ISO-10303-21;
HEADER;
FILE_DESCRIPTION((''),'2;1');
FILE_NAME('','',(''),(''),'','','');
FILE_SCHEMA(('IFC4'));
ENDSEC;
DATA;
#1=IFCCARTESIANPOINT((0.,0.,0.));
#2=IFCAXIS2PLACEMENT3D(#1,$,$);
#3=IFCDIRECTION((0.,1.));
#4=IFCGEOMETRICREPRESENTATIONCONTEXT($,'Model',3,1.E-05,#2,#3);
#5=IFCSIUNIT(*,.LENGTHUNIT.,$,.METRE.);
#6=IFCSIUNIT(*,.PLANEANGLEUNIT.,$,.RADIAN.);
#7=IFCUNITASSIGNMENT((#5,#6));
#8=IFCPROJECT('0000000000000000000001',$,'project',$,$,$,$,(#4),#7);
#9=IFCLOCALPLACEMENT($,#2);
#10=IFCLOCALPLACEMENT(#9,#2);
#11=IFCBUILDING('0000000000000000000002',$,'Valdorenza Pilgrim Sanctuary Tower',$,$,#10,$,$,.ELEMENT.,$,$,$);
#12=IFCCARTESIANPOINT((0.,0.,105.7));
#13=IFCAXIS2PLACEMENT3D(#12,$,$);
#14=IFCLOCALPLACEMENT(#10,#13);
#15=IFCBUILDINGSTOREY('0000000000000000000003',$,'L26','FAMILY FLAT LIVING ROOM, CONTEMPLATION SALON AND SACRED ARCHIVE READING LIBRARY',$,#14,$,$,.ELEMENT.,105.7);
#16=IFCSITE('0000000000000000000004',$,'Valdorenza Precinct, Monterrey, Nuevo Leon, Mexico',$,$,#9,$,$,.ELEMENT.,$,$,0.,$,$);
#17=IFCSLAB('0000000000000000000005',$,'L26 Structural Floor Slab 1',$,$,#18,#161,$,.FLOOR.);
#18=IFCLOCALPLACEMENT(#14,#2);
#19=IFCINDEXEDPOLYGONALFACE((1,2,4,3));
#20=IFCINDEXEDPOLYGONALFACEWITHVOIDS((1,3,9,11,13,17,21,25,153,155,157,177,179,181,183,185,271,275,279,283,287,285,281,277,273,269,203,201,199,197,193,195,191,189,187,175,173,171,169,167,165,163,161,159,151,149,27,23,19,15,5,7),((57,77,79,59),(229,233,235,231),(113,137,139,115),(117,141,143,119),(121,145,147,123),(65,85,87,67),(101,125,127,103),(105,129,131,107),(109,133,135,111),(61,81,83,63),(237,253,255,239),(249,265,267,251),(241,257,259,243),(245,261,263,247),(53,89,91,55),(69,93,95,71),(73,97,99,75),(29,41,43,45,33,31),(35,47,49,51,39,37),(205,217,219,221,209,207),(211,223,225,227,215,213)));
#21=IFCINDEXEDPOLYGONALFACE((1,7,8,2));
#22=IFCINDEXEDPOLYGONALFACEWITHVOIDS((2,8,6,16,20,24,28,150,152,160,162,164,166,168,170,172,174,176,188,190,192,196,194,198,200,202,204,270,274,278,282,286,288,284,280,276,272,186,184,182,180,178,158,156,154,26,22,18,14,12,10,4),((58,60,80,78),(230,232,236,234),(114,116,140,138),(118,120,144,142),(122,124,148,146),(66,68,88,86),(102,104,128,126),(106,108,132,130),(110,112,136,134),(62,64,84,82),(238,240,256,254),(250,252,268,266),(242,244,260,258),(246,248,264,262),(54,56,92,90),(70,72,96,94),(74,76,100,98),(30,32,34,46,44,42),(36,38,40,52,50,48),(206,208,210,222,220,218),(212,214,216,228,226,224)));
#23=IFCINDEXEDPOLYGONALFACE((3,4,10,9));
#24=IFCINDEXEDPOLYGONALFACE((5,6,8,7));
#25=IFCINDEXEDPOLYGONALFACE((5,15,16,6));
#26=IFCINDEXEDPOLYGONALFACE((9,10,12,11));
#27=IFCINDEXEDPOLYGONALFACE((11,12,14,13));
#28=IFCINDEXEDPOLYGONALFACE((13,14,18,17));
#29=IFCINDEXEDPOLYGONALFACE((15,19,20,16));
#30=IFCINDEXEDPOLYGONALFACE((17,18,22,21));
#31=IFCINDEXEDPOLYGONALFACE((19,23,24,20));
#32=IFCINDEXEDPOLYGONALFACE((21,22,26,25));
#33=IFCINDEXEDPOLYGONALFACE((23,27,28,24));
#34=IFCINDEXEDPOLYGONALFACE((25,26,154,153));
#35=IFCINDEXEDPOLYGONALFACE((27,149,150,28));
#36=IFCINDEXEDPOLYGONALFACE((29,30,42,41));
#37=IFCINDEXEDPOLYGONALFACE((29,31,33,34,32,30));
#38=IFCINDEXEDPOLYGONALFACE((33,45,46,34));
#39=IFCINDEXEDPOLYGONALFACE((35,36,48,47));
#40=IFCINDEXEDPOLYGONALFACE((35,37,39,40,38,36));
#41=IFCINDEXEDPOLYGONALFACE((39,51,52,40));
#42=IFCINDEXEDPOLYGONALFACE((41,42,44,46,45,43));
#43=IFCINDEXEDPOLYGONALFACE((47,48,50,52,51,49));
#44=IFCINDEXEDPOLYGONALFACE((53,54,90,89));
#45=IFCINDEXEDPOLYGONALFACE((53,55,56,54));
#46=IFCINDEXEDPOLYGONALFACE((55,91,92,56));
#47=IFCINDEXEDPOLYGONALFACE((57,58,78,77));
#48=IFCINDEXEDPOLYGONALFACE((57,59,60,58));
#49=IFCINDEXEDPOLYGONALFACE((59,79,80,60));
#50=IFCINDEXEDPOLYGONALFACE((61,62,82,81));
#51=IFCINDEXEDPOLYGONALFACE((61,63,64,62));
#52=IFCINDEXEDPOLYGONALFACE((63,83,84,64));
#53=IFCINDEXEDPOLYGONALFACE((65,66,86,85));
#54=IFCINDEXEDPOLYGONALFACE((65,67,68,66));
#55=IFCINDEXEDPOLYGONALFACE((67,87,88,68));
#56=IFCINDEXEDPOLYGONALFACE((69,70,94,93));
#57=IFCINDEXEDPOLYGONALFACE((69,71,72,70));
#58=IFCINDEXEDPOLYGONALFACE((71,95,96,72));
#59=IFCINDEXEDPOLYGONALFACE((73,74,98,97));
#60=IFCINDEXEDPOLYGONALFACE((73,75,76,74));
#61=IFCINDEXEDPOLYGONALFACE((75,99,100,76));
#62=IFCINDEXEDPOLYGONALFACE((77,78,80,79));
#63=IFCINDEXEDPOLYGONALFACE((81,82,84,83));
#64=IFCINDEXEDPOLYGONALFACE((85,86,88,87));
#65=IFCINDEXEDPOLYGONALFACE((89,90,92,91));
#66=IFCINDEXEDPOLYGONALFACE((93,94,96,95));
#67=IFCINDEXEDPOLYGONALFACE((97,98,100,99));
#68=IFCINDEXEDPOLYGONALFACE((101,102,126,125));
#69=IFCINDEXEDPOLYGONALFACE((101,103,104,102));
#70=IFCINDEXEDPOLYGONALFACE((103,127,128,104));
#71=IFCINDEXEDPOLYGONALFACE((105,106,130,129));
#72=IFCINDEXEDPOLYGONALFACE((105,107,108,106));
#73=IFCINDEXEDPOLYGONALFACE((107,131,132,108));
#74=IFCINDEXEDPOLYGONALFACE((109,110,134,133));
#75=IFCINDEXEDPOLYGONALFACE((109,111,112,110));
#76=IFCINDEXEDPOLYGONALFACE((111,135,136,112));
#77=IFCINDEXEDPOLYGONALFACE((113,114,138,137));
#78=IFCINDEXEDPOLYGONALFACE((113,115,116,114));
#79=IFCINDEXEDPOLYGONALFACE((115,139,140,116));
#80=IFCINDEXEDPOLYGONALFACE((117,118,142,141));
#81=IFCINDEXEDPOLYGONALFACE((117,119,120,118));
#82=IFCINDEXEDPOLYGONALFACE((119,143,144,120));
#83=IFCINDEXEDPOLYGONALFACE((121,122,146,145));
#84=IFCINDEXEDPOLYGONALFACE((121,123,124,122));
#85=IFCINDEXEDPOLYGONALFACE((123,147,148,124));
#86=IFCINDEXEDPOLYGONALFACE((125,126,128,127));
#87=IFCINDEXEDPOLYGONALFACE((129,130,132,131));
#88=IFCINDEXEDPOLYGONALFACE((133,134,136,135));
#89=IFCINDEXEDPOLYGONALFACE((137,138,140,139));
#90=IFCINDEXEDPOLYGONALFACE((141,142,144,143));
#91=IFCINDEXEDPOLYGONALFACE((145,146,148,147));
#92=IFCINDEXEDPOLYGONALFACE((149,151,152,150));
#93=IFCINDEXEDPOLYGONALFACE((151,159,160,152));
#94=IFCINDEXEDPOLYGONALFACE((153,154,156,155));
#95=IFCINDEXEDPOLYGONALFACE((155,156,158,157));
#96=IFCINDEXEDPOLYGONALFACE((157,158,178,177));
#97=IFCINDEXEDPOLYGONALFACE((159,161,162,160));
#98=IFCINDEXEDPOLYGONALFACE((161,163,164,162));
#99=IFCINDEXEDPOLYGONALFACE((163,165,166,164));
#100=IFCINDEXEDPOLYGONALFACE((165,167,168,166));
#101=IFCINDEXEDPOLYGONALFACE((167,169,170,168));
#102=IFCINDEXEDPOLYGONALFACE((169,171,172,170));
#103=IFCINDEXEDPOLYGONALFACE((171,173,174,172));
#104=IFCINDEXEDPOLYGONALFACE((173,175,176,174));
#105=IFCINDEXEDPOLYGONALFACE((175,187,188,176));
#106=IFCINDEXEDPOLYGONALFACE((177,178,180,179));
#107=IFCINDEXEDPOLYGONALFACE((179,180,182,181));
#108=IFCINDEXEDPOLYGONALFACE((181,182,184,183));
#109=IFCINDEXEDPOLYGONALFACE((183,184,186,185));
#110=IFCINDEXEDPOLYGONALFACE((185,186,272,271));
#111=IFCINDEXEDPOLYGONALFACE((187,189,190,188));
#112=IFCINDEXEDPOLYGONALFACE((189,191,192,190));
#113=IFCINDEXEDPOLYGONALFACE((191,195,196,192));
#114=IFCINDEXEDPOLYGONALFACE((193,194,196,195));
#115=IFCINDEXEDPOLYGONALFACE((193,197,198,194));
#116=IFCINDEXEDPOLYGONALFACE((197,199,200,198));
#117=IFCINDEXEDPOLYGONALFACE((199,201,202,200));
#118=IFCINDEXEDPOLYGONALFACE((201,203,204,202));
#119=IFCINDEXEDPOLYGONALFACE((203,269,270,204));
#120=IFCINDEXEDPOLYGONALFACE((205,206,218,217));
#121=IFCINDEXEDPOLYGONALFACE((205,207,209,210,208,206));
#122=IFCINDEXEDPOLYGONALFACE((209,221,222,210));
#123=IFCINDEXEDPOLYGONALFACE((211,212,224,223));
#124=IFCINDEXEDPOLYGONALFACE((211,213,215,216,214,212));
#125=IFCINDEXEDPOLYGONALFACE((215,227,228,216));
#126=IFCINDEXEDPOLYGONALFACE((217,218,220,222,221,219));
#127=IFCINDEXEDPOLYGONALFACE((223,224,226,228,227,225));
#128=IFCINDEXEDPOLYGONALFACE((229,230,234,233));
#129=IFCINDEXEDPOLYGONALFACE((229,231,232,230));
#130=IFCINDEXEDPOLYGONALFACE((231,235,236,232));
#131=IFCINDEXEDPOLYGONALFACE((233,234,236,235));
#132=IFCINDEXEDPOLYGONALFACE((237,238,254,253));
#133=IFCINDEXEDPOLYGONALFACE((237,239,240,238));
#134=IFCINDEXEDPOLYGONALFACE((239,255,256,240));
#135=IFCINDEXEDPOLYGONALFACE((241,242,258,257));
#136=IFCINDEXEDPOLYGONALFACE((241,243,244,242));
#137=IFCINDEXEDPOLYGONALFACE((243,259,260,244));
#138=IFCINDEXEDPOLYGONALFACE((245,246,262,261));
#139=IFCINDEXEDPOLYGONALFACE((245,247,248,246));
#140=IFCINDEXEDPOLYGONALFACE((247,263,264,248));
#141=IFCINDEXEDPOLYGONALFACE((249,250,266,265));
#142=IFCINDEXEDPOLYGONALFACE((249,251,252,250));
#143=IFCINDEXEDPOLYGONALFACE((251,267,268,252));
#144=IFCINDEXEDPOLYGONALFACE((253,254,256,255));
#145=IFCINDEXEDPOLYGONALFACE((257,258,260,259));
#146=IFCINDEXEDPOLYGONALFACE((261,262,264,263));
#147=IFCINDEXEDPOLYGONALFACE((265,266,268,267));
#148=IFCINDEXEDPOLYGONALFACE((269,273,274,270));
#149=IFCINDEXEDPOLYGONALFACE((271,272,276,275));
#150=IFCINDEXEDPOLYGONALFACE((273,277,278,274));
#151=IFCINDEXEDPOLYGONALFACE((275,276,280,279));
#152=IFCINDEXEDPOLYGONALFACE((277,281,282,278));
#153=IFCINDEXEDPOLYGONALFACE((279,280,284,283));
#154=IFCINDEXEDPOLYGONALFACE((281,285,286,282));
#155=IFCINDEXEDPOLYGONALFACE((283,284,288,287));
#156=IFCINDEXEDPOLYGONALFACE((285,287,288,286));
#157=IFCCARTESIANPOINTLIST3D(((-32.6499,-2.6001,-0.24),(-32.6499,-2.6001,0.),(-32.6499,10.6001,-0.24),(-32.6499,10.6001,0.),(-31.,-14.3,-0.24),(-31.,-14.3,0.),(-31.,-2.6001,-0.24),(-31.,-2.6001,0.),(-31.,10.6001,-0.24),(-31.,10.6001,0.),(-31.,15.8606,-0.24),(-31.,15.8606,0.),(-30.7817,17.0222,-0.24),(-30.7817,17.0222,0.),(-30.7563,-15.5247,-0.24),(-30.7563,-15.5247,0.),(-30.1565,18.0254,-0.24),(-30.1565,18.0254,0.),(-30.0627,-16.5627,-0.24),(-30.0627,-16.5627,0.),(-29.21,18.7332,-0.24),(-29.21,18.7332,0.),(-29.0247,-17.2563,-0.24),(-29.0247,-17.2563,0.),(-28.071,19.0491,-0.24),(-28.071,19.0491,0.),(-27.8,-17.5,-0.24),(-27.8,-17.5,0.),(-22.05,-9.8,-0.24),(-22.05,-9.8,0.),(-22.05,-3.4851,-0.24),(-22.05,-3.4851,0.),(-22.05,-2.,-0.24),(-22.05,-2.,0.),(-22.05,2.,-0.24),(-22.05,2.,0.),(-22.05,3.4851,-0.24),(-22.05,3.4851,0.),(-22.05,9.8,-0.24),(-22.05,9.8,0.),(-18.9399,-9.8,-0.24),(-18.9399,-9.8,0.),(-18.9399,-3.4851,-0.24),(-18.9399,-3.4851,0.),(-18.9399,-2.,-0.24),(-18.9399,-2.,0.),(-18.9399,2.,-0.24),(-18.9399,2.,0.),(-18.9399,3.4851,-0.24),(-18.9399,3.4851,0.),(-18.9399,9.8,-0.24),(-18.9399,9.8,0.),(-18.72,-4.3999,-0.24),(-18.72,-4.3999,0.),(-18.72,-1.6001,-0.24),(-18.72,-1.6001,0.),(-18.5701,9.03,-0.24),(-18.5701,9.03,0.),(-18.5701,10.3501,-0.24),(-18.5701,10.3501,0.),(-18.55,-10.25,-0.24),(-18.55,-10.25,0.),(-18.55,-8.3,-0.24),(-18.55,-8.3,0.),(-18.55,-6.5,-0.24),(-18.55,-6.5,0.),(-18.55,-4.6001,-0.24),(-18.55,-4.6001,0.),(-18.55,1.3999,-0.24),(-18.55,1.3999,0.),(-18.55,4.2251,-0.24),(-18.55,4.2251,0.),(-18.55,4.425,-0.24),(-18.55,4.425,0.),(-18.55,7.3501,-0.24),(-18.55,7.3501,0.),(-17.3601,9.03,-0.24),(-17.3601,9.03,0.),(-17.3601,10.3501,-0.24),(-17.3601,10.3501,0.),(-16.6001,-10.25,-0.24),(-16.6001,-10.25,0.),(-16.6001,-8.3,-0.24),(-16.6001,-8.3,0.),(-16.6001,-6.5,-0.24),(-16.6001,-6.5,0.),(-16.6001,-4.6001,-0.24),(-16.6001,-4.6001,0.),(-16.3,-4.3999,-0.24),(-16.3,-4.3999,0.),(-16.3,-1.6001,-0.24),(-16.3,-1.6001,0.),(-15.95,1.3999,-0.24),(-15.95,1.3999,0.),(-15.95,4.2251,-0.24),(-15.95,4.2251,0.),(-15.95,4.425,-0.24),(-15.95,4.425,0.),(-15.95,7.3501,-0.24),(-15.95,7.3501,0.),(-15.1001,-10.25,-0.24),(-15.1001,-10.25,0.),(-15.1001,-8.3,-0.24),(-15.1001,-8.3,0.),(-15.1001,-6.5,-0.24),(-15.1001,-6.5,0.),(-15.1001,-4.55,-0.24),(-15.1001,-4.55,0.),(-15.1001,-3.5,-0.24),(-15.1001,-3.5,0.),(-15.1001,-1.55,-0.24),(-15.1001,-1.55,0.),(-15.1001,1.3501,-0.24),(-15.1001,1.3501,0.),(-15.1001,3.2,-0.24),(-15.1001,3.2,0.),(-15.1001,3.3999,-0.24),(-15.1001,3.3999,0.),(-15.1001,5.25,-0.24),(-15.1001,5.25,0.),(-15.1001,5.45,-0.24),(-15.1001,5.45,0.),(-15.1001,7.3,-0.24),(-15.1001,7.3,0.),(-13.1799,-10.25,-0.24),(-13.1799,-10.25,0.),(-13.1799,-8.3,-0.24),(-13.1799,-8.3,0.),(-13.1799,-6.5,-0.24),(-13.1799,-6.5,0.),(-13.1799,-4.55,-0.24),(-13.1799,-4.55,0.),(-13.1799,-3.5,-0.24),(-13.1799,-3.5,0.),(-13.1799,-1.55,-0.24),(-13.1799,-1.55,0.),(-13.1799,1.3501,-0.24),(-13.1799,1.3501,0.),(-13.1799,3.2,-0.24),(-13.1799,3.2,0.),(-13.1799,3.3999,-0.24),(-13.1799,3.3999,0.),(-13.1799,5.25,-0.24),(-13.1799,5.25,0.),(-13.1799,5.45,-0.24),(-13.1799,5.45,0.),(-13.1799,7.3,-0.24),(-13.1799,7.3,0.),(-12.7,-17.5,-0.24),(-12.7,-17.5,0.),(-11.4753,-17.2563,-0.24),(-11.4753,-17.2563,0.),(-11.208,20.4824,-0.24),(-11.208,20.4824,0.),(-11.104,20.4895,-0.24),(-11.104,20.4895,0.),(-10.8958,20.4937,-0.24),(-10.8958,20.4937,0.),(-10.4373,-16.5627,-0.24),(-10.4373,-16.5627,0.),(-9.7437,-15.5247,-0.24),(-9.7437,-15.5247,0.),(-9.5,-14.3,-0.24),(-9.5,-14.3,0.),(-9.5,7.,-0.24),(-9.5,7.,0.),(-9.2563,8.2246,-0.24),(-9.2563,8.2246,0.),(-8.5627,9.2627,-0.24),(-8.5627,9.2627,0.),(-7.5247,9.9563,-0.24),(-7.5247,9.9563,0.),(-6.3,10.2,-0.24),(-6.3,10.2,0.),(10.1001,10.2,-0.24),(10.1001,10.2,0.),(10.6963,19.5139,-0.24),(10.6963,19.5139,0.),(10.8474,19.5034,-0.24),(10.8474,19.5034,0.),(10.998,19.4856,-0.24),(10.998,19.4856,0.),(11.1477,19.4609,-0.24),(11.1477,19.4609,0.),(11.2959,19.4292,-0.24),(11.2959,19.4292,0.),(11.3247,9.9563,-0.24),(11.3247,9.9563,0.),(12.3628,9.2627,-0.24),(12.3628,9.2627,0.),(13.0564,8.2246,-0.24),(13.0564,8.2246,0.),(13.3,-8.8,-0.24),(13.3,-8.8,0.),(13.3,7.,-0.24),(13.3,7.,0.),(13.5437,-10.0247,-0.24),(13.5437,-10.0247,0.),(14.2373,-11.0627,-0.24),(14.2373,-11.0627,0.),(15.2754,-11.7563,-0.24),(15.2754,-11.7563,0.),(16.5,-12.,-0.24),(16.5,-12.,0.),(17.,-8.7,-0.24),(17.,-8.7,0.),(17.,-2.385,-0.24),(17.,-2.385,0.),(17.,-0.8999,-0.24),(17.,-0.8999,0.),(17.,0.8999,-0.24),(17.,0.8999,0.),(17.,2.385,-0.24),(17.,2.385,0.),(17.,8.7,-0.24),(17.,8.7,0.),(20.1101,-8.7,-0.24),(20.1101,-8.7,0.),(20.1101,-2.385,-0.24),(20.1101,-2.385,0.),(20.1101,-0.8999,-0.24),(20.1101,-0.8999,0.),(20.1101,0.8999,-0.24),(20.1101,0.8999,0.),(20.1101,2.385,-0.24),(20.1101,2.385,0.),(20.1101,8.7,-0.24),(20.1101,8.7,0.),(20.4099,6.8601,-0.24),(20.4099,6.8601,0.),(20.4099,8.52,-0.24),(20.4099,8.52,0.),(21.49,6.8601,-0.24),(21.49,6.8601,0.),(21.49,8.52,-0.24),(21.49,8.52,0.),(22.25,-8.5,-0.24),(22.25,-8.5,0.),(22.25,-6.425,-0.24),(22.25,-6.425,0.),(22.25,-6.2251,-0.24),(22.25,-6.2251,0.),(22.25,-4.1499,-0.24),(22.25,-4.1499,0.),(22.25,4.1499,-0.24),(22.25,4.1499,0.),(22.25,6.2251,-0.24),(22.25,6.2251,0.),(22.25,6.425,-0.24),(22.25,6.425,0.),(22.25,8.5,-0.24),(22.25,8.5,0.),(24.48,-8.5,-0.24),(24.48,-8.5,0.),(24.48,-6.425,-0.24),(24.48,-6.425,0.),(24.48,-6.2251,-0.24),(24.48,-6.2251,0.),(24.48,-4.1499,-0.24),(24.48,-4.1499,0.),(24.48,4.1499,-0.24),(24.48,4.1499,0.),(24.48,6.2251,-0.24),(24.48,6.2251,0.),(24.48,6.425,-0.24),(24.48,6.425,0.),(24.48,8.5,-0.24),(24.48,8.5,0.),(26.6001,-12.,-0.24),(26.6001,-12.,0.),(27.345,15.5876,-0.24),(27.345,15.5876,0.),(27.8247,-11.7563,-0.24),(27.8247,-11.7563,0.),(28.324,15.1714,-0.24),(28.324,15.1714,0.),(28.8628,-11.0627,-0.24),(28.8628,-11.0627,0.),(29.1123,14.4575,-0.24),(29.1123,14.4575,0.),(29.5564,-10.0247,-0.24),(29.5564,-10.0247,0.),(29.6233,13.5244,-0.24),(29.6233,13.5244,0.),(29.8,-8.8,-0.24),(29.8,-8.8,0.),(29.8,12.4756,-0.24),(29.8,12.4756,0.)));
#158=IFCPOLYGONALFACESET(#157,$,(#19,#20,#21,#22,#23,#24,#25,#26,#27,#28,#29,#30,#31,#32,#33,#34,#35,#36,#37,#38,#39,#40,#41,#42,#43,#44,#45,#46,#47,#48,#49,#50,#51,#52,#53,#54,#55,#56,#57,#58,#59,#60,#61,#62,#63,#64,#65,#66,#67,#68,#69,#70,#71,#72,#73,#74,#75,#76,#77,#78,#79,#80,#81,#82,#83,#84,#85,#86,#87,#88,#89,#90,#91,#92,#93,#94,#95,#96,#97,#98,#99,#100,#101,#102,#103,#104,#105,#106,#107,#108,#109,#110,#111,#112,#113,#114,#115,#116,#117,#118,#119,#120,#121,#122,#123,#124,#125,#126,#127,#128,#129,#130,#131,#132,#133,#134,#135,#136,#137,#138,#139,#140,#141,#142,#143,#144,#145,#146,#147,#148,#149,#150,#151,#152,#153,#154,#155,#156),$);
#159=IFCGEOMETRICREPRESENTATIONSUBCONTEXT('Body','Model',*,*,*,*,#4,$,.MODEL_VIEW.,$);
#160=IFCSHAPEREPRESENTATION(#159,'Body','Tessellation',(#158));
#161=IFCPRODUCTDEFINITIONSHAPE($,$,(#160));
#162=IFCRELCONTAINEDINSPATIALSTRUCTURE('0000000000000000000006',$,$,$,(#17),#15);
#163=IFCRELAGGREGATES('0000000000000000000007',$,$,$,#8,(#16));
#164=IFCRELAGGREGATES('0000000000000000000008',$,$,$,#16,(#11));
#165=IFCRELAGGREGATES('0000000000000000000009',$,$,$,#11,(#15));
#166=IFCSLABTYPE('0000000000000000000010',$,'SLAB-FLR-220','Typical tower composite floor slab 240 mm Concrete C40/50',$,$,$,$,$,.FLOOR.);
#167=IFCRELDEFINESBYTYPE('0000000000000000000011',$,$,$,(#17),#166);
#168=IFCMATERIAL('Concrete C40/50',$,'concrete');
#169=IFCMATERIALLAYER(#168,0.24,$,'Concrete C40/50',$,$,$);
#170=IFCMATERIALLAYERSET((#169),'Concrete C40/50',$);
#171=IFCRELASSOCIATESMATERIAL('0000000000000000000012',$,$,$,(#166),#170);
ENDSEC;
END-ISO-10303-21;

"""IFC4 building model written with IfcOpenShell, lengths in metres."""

from ifc_helpers import new_model, si_unit, direction, frame, origin, place, context, subcontext, project, spatial, polyline, outline, extrude, material, layer, layer_set, type_object, element, save


model = new_model("IFC4")

# Units and contexts
model_context = context("Model", 3, precision=1e-05, world=origin(), true_north=direction((0.0, 1.0)))
body_context = subcontext(model_context, "Body", "Model", "MODEL_VIEW")
ifc_project = project(units=[si_unit("LENGTHUNIT", "METRE"), si_unit("PLANEANGLEUNIT", "RADIAN")], contexts=[model_context])

# Site, building, storey
site_placement = place(None, origin())
site = spatial("IfcSite", under=ifc_project, at=site_placement, Name="Valdorenza Precinct, Monterrey, Nuevo Leon, Mexico", CompositionType="ELEMENT", RefElevation=0.0)
building_placement = place(site_placement, origin())
building = spatial("IfcBuilding", under=site, at=building_placement, Name="Valdorenza Pilgrim Sanctuary Tower", CompositionType="ELEMENT")
storey_placement = place(building_placement, frame((0.0, 0.0, 105.7)))
storey = spatial("IfcBuildingStorey", under=building, at=storey_placement, Name="L26", Description="FAMILY FLAT LIVING ROOM, CONTEMPLATION SALON AND SACRED ARCHIVE READING LIBRARY", CompositionType="ELEMENT", Elevation=105.7)

# Slab
ifc_material_1 = material(Name="Concrete C40/50", Category="concrete")
ifc_layer_1 = layer(ifc_material_1, 0.24, Name="Concrete C40/50")
ifc_layer_set_1 = layer_set([ifc_layer_1], Name="Concrete C40/50")
slab_type_1 = type_object("IfcSlabType", Name="SLAB-FLR-220", Description="Typical tower composite floor slab 240 mm Concrete C40/50", PredefinedType="FLOOR", material=ifc_layer_set_1)
slab_1_placement = place(storey_placement, frame((0.0, 0.0, -0.24)))
element("IfcSlab", 1, at=slab_1_placement, inside=storey, type_object=slab_type_1, Name="L26 Structural Floor Slab 1", PredefinedType="FLOOR", context=body_context, shape_type="SweptSolid", body=[
    extrude(outline(polyline([(-30.7817, 17.0222), (-30.1565, 18.0254), (-29.21, 18.7332), (-28.071, 19.0491), (-11.208, 20.4824), (-11.104, 20.4895), (-10.8958, 20.4937), (10.6963, 19.5139), (10.8474, 19.5034), (10.998, 19.4856), (11.1477, 19.4609), (11.2959, 19.4292), (27.345, 15.5876), (28.324, 15.1714), (29.1123, 14.4575), (29.6233, 13.5244), (29.8, 12.4756), (29.8, -8.8), (29.5564, -10.0247), (28.8628, -11.0627), (27.8247, -11.7563), (26.6001, -12.0), (16.5, -12.0), (15.2754, -11.7563), (14.2373, -11.0627), (13.5437, -10.0247), (13.3, -8.8), (13.3, 7.0), (13.0564, 8.2246), (12.3628, 9.2627), (11.3247, 9.9563), (10.1001, 10.2), (-6.3, 10.2), (-7.5247, 9.9563), (-8.5627, 9.2627), (-9.2563, 8.2246), (-9.5, 7.0), (-9.5, -14.3), (-9.7437, -15.5247), (-10.4373, -16.5627), (-11.4753, -17.2563), (-12.7, -17.5), (-27.8, -17.5), (-29.0247, -17.2563), (-30.0627, -16.5627), (-30.7563, -15.5247), (-31.0, -14.3), (-31.0, -2.6001), (-32.6499, -2.6001), (-32.6499, 10.6001), (-31.0, 10.6001), (-31.0, 15.8606), (-30.7817, 17.0222)]), holes=[polyline([(-16.6001, -10.25), (-16.6001, -8.3), (-18.55, -8.3), (-18.55, -10.25), (-16.6001, -10.25)]), polyline([(-22.05, -9.8), (-18.9399, -9.8), (-18.9399, -3.4851), (-18.9399, -2.0), (-22.05, -2.0), (-22.05, -3.4851), (-22.05, -9.8)]), polyline([(-18.55, -6.5), (-16.6001, -6.5), (-16.6001, -4.6001), (-18.55, -4.6001), (-18.55, -6.5)]), polyline([(-13.1799, -6.5), (-13.1799, -4.55), (-15.1001, -4.55), (-15.1001, -6.5), (-13.1799, -6.5)]), polyline([(-18.72, -4.3999), (-16.3, -4.3999), (-16.3, -1.6001), (-18.72, -1.6001), (-18.72, -4.3999)]), polyline([(-13.1799, -3.5), (-13.1799, -1.55), (-15.1001, -1.55), (-15.1001, -3.5), (-13.1799, -3.5)]), polyline([(-22.05, 2.0), (-18.9399, 2.0), (-18.9399, 3.4851), (-18.9399, 9.8), (-22.05, 9.8), (-22.05, 3.4851), (-22.05, 2.0)]), polyline([(-18.55, 1.3999), (-15.95, 1.3999), (-15.95, 4.2251), (-18.55, 4.2251), (-18.55, 1.3999)]), polyline([(-15.95, 4.425), (-15.95, 7.3501), (-18.55, 7.3501), (-18.55, 4.425), (-15.95, 4.425)]), polyline([(-15.1001, 5.45), (-13.1799, 5.45), (-13.1799, 7.3), (-15.1001, 7.3), (-15.1001, 5.45)]), polyline([(-17.3601, 9.03), (-17.3601, 10.3501), (-18.5701, 10.3501), (-18.5701, 9.03), (-17.3601, 9.03)]), polyline([(-15.1001, -10.25), (-13.1799, -10.25), (-13.1799, -8.3), (-15.1001, -8.3), (-15.1001, -10.25)]), polyline([(22.25, -8.5), (24.48, -8.5), (24.48, -6.425), (22.25, -6.425), (22.25, -8.5)]), polyline([(17.0, -2.385), (17.0, -8.7), (20.1101, -8.7), (20.1101, -2.385), (20.1101, -0.8999), (17.0, -0.8999), (17.0, -2.385)]), polyline([(22.25, -6.2251), (24.48, -6.2251), (24.48, -4.1499), (22.25, -4.1499), (22.25, -6.2251)]), polyline([(17.0, 0.8999), (20.1101, 0.8999), (20.1101, 2.385), (20.1101, 8.7), (17.0, 8.7), (17.0, 2.385), (17.0, 0.8999)]), polyline([(-15.1001, 1.3501), (-13.1799, 1.3501), (-13.1799, 3.2), (-15.1001, 3.2), (-15.1001, 1.3501)]), polyline([(-15.1001, 3.3999), (-13.1799, 3.3999), (-13.1799, 5.25), (-15.1001, 5.25), (-15.1001, 3.3999)]), polyline([(22.25, 4.1499), (24.48, 4.1499), (24.48, 6.2251), (22.25, 6.2251), (22.25, 4.1499)]), polyline([(22.25, 6.425), (24.48, 6.425), (24.48, 8.5), (22.25, 8.5), (22.25, 6.425)]), polyline([(20.4099, 6.8601), (21.49, 6.8601), (21.49, 8.52), (20.4099, 8.52), (20.4099, 6.8601)])]), origin(), (0.0, 0.0, 1.0), 0.24),
])

save(model, "model.ifc")
